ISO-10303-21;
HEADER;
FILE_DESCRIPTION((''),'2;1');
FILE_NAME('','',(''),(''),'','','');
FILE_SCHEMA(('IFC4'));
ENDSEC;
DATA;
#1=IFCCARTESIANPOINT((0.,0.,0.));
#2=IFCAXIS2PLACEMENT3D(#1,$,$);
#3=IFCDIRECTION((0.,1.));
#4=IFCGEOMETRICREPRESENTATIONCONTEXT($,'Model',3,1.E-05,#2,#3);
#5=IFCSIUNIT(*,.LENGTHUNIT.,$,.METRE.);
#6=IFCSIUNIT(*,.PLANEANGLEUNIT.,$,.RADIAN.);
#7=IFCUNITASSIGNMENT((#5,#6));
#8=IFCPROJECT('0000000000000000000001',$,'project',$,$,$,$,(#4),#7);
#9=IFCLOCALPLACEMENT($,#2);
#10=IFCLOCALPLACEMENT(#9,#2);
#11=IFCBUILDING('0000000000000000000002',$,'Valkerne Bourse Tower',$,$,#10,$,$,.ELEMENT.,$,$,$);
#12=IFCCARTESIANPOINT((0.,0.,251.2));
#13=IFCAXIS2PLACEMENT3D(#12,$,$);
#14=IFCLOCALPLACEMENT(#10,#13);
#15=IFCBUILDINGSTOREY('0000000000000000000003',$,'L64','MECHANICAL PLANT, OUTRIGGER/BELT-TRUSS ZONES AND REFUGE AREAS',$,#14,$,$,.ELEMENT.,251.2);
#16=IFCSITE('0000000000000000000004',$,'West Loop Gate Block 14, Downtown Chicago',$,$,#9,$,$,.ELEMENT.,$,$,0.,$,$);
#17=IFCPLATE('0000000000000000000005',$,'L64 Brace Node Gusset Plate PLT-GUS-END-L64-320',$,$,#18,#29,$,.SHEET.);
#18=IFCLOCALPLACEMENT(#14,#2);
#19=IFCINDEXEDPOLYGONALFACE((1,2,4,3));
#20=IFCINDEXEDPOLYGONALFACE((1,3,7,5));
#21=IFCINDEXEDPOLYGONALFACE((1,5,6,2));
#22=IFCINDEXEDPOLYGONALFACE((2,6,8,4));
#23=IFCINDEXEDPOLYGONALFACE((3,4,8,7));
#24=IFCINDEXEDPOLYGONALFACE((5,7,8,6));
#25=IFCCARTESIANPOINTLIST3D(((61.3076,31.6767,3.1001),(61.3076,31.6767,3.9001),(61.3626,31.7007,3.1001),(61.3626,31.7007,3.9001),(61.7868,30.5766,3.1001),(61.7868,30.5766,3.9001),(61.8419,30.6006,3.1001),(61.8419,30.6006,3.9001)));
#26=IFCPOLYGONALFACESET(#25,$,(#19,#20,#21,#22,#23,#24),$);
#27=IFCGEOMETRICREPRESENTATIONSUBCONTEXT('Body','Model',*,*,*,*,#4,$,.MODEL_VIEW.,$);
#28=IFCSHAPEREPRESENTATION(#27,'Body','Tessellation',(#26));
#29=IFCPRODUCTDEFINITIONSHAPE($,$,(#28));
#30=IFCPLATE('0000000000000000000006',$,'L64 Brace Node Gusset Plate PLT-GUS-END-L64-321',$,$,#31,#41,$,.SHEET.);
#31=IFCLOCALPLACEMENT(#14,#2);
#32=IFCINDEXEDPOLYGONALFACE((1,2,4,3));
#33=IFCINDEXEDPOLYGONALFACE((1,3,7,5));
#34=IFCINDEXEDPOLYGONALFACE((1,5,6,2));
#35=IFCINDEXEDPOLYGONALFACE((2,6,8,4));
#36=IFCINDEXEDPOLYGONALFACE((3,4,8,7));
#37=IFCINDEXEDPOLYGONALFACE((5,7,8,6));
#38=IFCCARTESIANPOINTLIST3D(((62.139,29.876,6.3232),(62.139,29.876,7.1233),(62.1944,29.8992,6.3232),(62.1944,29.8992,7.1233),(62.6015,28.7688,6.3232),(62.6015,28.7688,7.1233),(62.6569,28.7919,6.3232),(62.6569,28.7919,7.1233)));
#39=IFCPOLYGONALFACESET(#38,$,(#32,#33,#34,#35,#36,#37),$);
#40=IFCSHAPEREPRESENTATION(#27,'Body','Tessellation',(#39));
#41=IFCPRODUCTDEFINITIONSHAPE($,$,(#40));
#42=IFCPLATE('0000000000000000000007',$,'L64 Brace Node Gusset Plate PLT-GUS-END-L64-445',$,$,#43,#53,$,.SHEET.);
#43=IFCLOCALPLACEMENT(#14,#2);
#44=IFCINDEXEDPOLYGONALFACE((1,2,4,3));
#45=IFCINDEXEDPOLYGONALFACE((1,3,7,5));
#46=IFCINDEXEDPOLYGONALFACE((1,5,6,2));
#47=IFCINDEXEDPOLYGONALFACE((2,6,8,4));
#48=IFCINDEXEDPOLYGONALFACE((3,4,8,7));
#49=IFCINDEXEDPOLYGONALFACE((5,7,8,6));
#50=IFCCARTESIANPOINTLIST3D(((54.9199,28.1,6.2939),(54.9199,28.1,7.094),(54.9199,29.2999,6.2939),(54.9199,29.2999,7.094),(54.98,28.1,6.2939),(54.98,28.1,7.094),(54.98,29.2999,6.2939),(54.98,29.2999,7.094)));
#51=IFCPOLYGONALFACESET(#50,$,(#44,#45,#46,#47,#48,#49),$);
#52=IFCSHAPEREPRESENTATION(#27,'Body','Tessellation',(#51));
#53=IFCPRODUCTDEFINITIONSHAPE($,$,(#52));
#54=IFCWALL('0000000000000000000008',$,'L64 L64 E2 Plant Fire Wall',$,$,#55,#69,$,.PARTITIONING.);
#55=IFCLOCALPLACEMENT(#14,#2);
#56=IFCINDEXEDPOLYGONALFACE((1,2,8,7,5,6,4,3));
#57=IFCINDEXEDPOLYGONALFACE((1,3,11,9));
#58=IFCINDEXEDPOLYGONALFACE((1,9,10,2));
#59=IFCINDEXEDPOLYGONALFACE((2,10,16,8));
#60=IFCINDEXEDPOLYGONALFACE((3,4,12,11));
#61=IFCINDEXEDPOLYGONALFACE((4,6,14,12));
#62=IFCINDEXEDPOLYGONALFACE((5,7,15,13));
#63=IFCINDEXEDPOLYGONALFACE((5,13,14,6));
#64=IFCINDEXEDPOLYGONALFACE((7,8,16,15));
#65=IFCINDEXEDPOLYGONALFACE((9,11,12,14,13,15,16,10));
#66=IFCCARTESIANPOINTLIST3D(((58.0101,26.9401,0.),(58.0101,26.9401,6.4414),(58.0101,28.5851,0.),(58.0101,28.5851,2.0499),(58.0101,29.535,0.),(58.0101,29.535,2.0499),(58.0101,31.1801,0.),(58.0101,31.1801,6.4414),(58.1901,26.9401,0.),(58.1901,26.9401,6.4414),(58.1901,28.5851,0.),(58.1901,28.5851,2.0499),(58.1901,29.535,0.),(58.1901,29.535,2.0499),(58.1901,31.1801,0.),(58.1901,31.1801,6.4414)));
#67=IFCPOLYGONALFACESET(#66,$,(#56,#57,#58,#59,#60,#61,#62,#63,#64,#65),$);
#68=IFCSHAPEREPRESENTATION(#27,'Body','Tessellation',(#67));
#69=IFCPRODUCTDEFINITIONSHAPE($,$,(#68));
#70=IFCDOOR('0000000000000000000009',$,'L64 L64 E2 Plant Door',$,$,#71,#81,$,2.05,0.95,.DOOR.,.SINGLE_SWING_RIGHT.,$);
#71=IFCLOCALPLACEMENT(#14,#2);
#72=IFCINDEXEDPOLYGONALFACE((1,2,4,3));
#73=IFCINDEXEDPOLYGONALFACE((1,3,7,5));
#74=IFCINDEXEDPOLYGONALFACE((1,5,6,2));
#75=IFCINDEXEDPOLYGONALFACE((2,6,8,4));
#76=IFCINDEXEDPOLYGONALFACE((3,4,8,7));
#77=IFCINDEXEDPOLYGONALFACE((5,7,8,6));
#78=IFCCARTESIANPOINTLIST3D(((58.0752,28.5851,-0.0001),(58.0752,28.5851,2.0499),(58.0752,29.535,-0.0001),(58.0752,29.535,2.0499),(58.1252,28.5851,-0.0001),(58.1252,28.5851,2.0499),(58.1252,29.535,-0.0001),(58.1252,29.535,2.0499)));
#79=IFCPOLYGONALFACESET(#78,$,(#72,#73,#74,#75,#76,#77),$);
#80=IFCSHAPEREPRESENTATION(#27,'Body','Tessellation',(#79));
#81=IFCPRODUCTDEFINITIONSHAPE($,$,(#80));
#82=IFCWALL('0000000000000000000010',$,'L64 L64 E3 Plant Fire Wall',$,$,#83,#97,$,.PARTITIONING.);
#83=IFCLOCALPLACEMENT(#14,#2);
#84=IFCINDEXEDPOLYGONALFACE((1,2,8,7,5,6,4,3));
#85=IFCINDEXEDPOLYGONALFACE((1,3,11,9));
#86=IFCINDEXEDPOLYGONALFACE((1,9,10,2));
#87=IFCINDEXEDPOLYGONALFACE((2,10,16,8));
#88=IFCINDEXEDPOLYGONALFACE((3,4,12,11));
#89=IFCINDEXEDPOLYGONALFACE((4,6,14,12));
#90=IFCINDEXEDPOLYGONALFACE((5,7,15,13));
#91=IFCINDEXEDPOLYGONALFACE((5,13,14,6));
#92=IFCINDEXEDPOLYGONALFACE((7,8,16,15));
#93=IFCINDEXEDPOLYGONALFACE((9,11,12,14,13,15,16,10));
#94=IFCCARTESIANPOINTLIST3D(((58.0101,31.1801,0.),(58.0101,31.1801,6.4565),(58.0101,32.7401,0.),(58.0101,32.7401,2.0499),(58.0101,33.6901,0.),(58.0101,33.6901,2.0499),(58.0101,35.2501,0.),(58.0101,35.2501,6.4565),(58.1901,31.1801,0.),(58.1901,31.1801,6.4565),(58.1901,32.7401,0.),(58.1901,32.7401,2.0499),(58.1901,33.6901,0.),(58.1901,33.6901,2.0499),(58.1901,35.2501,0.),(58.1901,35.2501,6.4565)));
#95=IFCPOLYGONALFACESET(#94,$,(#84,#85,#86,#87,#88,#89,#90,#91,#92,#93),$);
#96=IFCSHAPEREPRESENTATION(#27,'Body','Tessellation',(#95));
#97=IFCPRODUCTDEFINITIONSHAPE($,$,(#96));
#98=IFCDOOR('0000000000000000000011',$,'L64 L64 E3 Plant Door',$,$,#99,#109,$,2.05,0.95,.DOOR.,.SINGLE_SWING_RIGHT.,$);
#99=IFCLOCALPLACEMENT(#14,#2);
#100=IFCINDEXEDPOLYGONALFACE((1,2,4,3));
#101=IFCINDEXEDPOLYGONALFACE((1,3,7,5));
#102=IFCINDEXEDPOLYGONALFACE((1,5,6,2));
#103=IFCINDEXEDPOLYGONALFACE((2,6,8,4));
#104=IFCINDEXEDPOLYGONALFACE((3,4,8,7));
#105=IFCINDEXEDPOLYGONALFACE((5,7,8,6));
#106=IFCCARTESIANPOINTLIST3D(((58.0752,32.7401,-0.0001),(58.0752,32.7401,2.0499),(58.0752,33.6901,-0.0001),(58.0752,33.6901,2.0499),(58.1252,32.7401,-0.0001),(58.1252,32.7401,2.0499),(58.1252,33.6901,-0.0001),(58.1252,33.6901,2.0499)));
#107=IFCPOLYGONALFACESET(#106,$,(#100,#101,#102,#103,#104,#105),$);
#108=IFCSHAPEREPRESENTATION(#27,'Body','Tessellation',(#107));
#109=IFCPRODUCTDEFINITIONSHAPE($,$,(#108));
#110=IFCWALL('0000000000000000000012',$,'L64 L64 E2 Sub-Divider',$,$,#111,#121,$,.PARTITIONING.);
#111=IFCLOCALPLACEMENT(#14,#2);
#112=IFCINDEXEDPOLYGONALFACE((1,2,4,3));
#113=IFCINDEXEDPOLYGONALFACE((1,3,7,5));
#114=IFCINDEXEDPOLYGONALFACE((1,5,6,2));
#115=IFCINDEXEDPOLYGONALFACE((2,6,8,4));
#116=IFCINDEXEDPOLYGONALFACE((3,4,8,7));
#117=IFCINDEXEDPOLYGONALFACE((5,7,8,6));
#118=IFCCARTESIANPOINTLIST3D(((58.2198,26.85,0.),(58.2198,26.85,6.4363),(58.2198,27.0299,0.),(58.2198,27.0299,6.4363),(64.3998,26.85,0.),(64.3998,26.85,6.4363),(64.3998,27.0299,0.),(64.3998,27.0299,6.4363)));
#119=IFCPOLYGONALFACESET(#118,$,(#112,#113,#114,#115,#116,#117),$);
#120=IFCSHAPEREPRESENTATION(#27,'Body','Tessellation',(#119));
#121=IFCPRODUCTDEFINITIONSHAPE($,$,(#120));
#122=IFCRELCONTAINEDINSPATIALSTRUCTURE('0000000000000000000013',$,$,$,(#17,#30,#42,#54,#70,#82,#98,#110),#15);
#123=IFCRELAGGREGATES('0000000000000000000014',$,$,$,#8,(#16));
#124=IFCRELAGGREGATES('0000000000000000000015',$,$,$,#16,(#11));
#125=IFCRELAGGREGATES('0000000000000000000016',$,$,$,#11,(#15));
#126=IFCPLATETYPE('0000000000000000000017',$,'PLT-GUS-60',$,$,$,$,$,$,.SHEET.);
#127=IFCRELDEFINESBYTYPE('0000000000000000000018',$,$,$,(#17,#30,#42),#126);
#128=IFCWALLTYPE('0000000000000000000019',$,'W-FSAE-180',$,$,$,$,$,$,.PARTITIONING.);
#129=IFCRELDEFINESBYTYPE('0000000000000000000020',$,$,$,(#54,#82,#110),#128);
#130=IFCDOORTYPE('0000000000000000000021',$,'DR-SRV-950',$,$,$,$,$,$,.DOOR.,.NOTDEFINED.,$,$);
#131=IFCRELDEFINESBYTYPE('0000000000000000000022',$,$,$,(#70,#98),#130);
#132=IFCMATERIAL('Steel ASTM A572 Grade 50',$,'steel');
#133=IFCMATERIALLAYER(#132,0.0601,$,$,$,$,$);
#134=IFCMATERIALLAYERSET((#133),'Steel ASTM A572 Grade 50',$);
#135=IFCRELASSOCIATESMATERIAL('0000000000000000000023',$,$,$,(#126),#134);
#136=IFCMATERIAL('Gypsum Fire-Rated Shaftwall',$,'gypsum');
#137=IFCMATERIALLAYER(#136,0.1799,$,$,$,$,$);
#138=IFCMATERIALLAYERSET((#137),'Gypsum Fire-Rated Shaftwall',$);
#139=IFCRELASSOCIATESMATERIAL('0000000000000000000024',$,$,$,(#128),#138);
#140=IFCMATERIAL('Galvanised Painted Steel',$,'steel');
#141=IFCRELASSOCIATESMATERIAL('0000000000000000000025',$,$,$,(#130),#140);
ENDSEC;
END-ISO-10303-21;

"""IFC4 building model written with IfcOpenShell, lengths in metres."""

from ifc_helpers import new_model, si_unit, direction, frame, frame_2d, origin, origin_2d, place, context, subcontext, project, spatial, rectangle, extrude, material, layer, layer_set, type_object, element, fill, save


model = new_model("IFC4")

# Units and contexts
model_context = context("Model", 3, precision=1e-05, world=origin(), true_north=direction((0.0, 1.0)))
body_context = subcontext(model_context, "Body", "Model", "MODEL_VIEW")
ifc_project = project(units=[si_unit("LENGTHUNIT", "METRE"), si_unit("PLANEANGLEUNIT", "RADIAN")], contexts=[model_context])

# Site, building, storey
site_placement = place(None, origin())
site = spatial("IfcSite", under=ifc_project, at=site_placement, Name="West Loop Gate Block 14, Downtown Chicago", CompositionType="ELEMENT", RefElevation=0.0)
building_placement = place(site_placement, origin())
building = spatial("IfcBuilding", under=site, at=building_placement, Name="Valkerne Bourse Tower", CompositionType="ELEMENT")
storey_placement = place(building_placement, frame((0.0, 0.0, 251.2)))
storey = spatial("IfcBuildingStorey", under=building, at=storey_placement, Name="L64", Description="MECHANICAL PLANT, OUTRIGGER/BELT-TRUSS ZONES AND REFUGE AREAS", CompositionType="ELEMENT", Elevation=251.2)

# Plates
ifc_material_1 = material(Name="Steel ASTM A572 Grade 50", Category="steel")
ifc_layer_1 = layer(ifc_material_1, 0.0601)
ifc_layer_set_1 = layer_set([ifc_layer_1], Name="Steel ASTM A572 Grade 50")
plate_type = type_object("IfcPlateType", Name="PLT-GUS-60", PredefinedType="SHEET", material=ifc_layer_set_1)
for number, where, z_axis, x_axis, name in (
    (1, (61.5747, 31.1387, 3.1001), (0.0, 0.0, 1.0), (-0.399389, 0.916781, 0.0), "L64 Brace Node Gusset Plate PLT-GUS-END-L64-320"),
    (2, (62.3979, 29.334, 6.3232), (0.0, 0.0, 1.0), (-0.385423, 0.92274, 0.0), "L64 Brace Node Gusset Plate PLT-GUS-END-L64-321"),
    (3, (54.95, 28.7, 6.2939), (0.0, 0.0, 1.0), (0.0, 1.0, 0.0), "L64 Brace Node Gusset Plate PLT-GUS-END-L64-445"),
):
    element("IfcPlate", number, at=place(storey_placement, frame(where, z_axis=z_axis, x_axis=x_axis)), inside=storey, type_object=plate_type, Name=name, PredefinedType="SHEET", context=body_context, shape_type="SweptSolid", body=[
        extrude(rectangle(XDim=1.2, YDim=0.0601, at=origin_2d()), origin(), (0.0, 0.0, 1.0), 0.8),
    ])

# Walls, openings, doors
ifc_material_2 = material(Name="Gypsum Fire-Rated Shaftwall", Category="gypsum")
ifc_layer_2 = layer(ifc_material_2, 0.1799)
ifc_layer_set_2 = layer_set([ifc_layer_2], Name="Gypsum Fire-Rated Shaftwall")
wall_type = type_object("IfcWallType", Name="W-FSAE-180", PredefinedType="PARTITIONING", material=ifc_layer_set_2)
wall_1_placement = place(storey_placement, frame((58.1001, 26.9399, 0.0), z_axis=(0.0, 0.0, 1.0), x_axis=(0.0, 1.0, 0.0)))
wall_1 = element("IfcWall", 4, at=wall_1_placement, inside=storey, type_object=wall_type, Name="L64 L64 E2 Plant Fire Wall", PredefinedType="PARTITIONING", context=body_context, shape_type="SweptSolid", body=[
    extrude(rectangle(XDim=4.24, YDim=0.1799, at=frame_2d((2.1201, 0.0))), origin(), (0.0, 0.0, 1.0), 6.4414),
])
opening_1_placement = place(wall_1_placement, frame((1.645, 0.0, 0.0)))
opening_1 = element("IfcOpeningElement", 5, at=opening_1_placement, cuts=wall_1, PredefinedType="OPENING", context=body_context, shape_type="SweptSolid", body=[
    extrude(rectangle(XDim=0.95, YDim=2.05, at=frame_2d((0.4751, 1.0249))), frame((0.0, 0.0999, 0.0), z_axis=(0.0, -1.0, 0.0), x_axis=(1.0, 0.0, 0.0)), (0.0, 0.0, 1.0), 0.2),
])
ifc_material_3 = material(Name="Galvanised Painted Steel", Category="steel")
door_type = type_object("IfcDoorType", Name="DR-SRV-950", OperationType="NOTDEFINED", PredefinedType="DOOR", material=ifc_material_3)
door_1_placement = place(opening_1_placement, origin())
door_1 = element("IfcDoor", 6, at=door_1_placement, inside=storey, type_object=door_type, Name="L64 L64 E2 Plant Door", OperationType="SINGLE_SWING_RIGHT", OverallHeight=2.05, OverallWidth=0.95, PredefinedType="DOOR", context=body_context, shape_type="SweptSolid", body=[
    extrude(rectangle(XDim=0.95, YDim=2.05, at=frame_2d((0.4751, 1.0249))), frame((0.0, 0.0249, 0.0), z_axis=(0.0, -1.0, 0.0), x_axis=(1.0, 0.0, 0.0)), (0.0, 0.0, 1.0), 0.05),
])
fill(opening_1, door_1)
wall_2_placement = place(storey_placement, frame((58.1001, 31.1799, 0.0), z_axis=(0.0, 0.0, 1.0), x_axis=(0.0, 1.0, 0.0)))
wall_2 = element("IfcWall", 7, at=wall_2_placement, inside=storey, type_object=wall_type, Name="L64 L64 E3 Plant Fire Wall", PredefinedType="PARTITIONING", context=body_context, shape_type="SweptSolid", body=[
    extrude(rectangle(XDim=4.0701, YDim=0.1799, at=frame_2d((2.0352, 0.0))), origin(), (0.0, 0.0, 1.0), 6.4565),
])
opening_2_placement = place(wall_2_placement, frame((1.5601, 0.0, 0.0)))
opening_2 = element("IfcOpeningElement", 8, at=opening_2_placement, cuts=wall_2, PredefinedType="OPENING", context=body_context, shape_type="SweptSolid", body=[
    extrude(rectangle(XDim=0.95, YDim=2.05, at=frame_2d((0.4751, 1.0249))), frame((0.0, 0.0999, 0.0), z_axis=(0.0, -1.0, 0.0), x_axis=(1.0, 0.0, 0.0)), (0.0, 0.0, 1.0), 0.2),
])
door_2_placement = place(opening_2_placement, origin())
door_2 = element("IfcDoor", 9, at=door_2_placement, inside=storey, type_object=door_type, Name="L64 L64 E3 Plant Door", OperationType="SINGLE_SWING_RIGHT", OverallHeight=2.05, OverallWidth=0.95, PredefinedType="DOOR", context=body_context, shape_type="SweptSolid", body=[
    extrude(rectangle(XDim=0.95, YDim=2.05, at=frame_2d((0.4751, 1.0249))), frame((0.0, 0.0249, 0.0), z_axis=(0.0, -1.0, 0.0), x_axis=(1.0, 0.0, 0.0)), (0.0, 0.0, 1.0), 0.05),
])
fill(opening_2, door_2)

# Wall
wall_3_placement = place(storey_placement, frame((58.22, 26.9399, 0.0), z_axis=(0.0, 0.0, 1.0), x_axis=(1.0, 0.0, 0.0)))
element("IfcWall", 10, at=wall_3_placement, inside=storey, type_object=wall_type, Name="L64 L64 E2 Sub-Divider", PredefinedType="PARTITIONING", context=body_context, shape_type="SweptSolid", body=[
    extrude(rectangle(XDim=6.1799, YDim=0.1799, at=frame_2d((3.0898, 0.0))), origin(), (0.0, 0.0, 1.0), 6.4363),
])

save(model, "model.ifc")
